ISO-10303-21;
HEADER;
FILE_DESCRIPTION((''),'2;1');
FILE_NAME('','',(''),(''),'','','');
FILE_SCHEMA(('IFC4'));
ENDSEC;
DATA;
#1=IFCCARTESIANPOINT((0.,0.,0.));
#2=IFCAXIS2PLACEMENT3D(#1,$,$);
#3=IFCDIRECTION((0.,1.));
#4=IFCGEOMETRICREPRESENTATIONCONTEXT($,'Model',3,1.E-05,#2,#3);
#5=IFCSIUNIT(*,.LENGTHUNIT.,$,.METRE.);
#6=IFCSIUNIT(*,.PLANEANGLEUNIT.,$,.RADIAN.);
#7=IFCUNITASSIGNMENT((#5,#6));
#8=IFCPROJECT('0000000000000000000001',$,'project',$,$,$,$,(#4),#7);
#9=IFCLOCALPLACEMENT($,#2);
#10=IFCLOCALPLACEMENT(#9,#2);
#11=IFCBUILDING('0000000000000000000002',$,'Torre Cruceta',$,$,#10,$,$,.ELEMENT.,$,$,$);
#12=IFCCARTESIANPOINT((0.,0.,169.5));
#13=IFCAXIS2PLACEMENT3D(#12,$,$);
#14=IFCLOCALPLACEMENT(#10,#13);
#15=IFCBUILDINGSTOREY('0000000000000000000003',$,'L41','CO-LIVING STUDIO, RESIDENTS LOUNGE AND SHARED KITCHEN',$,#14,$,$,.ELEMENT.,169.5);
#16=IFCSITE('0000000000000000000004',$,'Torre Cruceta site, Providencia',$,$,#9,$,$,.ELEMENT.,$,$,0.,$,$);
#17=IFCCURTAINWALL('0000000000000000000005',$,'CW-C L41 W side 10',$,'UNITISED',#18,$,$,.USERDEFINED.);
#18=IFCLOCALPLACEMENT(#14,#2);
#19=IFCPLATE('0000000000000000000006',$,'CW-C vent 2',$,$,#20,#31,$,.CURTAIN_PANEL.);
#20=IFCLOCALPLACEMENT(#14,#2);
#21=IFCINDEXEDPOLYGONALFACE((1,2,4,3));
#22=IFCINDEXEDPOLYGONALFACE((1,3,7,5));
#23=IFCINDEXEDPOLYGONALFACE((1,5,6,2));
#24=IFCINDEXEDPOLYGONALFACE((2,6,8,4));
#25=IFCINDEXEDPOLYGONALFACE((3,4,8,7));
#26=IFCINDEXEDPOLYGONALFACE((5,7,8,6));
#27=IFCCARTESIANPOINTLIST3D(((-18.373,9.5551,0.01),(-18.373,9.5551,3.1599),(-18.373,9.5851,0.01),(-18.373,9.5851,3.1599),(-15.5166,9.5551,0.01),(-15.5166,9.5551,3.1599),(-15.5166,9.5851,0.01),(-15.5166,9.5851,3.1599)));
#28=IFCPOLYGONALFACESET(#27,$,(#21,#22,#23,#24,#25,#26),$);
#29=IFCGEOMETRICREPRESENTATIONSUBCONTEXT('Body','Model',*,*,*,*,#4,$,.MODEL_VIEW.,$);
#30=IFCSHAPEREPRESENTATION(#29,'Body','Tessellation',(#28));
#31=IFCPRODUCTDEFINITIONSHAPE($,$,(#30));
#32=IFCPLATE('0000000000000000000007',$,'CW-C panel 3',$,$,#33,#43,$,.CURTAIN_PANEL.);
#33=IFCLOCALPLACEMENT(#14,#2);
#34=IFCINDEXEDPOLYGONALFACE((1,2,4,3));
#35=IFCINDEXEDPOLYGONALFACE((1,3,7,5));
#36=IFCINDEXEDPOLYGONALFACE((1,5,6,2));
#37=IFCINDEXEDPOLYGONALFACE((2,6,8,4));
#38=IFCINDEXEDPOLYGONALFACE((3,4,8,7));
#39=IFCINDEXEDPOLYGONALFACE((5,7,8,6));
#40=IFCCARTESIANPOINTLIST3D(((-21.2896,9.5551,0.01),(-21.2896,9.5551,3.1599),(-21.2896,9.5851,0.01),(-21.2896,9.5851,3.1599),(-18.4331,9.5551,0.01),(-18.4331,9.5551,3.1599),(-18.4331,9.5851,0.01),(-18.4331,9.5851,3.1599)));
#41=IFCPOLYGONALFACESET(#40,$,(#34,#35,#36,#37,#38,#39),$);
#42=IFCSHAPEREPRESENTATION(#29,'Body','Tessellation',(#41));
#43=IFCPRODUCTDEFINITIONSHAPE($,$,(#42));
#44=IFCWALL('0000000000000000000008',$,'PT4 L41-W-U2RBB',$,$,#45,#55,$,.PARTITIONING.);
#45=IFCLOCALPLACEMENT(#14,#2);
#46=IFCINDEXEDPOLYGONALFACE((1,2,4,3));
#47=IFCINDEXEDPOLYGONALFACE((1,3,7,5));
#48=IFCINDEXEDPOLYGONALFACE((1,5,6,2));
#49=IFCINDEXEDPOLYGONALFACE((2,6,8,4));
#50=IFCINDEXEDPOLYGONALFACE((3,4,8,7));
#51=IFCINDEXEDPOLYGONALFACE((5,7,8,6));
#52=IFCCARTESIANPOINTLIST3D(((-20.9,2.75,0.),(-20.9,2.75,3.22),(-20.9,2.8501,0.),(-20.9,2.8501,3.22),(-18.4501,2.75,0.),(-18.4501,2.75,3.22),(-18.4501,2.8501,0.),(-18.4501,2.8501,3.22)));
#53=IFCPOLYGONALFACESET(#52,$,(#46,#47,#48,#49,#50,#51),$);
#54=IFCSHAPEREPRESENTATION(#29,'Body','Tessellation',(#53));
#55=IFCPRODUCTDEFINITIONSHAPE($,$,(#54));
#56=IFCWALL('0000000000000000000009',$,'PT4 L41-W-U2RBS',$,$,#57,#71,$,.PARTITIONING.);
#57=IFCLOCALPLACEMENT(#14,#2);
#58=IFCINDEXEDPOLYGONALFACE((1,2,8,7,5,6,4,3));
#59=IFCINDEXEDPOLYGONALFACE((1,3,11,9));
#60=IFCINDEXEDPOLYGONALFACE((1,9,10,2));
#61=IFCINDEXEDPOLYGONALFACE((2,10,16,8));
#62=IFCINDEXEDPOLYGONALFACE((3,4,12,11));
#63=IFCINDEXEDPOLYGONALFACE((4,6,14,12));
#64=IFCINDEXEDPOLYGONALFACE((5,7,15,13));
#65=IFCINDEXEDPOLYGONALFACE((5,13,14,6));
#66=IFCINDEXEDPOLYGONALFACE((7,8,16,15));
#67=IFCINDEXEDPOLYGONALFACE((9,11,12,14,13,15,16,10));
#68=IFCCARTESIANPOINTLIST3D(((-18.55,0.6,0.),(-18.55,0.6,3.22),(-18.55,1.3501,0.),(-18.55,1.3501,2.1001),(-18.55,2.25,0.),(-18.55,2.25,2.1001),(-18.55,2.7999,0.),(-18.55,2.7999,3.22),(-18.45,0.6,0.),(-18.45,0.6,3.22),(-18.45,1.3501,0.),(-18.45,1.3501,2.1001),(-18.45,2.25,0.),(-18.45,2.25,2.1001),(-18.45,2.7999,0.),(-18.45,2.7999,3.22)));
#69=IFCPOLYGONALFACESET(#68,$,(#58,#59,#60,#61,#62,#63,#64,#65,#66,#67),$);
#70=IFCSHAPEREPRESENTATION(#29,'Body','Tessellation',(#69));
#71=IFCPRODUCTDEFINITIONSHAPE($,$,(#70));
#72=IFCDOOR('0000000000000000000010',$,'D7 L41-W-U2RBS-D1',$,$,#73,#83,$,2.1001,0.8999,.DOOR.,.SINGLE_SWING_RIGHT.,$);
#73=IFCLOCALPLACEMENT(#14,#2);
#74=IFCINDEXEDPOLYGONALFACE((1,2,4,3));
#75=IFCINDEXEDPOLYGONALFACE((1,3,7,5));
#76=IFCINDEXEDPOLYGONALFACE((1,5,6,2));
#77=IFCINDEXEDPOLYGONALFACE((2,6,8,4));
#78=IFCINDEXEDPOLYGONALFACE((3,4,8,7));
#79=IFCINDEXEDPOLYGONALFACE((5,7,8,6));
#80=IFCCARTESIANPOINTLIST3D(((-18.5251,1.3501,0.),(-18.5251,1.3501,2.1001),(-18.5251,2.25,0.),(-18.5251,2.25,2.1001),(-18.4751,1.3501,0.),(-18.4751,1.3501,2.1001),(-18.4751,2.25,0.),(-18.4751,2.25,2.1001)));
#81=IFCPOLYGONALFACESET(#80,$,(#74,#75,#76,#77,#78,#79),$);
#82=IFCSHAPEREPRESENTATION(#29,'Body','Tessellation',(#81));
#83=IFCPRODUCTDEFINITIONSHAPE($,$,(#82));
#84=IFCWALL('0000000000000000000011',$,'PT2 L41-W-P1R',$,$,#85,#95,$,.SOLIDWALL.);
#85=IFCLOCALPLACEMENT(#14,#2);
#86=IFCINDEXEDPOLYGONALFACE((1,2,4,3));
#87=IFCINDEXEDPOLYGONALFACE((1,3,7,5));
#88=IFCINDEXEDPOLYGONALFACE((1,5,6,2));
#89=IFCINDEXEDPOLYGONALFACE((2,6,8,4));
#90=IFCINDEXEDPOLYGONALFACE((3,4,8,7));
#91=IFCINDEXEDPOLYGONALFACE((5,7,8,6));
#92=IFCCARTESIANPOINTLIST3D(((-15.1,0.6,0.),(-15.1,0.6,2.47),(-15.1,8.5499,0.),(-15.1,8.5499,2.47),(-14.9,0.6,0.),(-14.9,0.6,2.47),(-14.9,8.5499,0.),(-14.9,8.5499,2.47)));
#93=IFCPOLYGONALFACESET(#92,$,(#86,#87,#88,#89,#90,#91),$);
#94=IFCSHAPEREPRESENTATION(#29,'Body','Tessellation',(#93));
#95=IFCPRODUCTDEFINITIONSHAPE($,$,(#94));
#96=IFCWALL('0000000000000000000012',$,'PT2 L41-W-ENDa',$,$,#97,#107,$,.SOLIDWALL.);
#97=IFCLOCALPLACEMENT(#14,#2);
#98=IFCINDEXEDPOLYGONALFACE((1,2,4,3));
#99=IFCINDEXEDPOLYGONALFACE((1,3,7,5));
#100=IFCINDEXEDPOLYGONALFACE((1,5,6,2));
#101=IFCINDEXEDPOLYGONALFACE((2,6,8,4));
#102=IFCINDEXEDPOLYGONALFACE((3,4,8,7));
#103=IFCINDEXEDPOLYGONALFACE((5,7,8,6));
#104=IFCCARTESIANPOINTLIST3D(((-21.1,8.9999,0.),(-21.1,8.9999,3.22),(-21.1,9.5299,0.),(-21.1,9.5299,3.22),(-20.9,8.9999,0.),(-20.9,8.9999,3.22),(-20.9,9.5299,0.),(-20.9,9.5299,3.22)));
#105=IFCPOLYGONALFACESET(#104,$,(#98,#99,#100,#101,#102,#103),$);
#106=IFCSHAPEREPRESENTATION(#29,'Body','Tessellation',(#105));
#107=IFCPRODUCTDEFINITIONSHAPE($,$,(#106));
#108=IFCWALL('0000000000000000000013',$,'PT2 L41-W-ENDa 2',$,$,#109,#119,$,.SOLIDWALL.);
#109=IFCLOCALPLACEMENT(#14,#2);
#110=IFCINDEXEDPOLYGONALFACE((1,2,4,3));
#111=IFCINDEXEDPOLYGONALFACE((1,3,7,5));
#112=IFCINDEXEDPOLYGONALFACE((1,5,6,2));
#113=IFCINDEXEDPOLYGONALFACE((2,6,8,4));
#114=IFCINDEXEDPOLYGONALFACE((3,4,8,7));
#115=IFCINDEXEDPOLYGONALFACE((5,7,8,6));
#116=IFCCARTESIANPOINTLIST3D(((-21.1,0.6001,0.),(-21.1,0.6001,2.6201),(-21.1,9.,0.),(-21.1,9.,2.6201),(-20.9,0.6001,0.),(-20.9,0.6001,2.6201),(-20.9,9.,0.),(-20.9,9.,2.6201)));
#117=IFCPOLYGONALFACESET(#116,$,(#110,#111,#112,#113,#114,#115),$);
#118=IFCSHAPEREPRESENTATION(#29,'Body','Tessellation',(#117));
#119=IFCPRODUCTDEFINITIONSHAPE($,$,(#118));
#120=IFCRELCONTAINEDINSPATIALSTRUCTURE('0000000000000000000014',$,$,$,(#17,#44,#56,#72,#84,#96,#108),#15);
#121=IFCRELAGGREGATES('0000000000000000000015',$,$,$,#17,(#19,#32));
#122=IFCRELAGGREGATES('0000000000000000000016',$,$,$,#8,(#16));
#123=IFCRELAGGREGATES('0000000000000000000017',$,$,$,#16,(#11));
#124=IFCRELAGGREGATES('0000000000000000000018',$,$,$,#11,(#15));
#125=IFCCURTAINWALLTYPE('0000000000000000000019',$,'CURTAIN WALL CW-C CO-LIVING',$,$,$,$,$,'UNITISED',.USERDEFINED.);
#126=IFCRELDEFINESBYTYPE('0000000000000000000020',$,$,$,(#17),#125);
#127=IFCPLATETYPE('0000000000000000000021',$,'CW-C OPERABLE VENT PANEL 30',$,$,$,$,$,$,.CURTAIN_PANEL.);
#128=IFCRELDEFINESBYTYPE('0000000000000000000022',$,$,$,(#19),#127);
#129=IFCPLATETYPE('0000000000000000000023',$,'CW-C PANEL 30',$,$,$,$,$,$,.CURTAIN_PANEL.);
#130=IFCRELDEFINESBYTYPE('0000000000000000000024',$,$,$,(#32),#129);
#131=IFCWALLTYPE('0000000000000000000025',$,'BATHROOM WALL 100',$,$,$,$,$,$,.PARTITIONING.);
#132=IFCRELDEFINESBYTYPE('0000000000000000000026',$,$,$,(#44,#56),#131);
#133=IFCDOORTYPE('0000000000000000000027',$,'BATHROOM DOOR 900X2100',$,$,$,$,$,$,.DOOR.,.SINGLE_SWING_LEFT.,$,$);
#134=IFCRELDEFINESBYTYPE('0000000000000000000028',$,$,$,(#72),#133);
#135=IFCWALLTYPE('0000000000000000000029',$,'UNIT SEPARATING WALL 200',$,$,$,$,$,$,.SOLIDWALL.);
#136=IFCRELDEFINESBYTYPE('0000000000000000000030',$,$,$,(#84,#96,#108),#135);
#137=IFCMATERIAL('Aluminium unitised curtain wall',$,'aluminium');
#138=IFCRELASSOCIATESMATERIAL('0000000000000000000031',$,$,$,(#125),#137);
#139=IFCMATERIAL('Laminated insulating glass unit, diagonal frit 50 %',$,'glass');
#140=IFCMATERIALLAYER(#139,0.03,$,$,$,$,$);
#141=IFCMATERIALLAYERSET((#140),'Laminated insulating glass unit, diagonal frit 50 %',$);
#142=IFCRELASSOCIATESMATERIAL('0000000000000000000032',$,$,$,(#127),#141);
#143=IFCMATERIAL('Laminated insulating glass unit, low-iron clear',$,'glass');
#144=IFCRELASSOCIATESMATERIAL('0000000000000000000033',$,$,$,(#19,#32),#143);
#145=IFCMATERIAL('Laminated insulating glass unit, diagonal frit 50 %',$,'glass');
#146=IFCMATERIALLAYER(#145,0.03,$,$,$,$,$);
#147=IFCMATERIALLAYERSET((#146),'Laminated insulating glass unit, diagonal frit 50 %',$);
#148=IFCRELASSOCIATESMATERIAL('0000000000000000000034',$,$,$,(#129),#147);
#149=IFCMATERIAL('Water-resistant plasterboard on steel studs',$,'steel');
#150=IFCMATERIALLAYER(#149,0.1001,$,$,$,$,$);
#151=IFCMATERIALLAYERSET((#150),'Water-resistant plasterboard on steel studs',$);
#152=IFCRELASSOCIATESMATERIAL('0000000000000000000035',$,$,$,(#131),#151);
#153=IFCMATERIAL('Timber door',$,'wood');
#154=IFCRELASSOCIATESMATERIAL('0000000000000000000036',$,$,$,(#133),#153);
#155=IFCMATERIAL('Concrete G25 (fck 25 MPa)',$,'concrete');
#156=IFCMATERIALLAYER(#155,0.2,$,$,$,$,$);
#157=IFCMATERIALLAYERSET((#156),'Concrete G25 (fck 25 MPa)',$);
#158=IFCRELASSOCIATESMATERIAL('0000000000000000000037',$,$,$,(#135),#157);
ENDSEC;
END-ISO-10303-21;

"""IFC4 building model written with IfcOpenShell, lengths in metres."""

from ifc_helpers import new_model, si_unit, direction, frame, frame_2d, origin, origin_2d, place, context, subcontext, project, spatial, rectangle, extrude, material, layer, layer_set, type_object, element, fill, aggregate, save


model = new_model("IFC4")

# Units and contexts
model_context = context("Model", 3, precision=1e-05, world=origin(), true_north=direction((0.0, 1.0)))
body_context = subcontext(model_context, "Body", "Model", "MODEL_VIEW")
ifc_project = project(units=[si_unit("LENGTHUNIT", "METRE"), si_unit("PLANEANGLEUNIT", "RADIAN")], contexts=[model_context])

# Site, building, storey
site_placement = place(None, origin())
site = spatial("IfcSite", under=ifc_project, at=site_placement, Name="Torre Cruceta site, Providencia", CompositionType="ELEMENT", RefElevation=0.0)
building_placement = place(site_placement, origin())
building = spatial("IfcBuilding", under=site, at=building_placement, Name="Torre Cruceta", CompositionType="ELEMENT")
storey_placement = place(building_placement, frame((0.0, 0.0, 169.5)))
storey = spatial("IfcBuildingStorey", under=building, at=storey_placement, Name="L41", Description="CO-LIVING STUDIO, RESIDENTS LOUNGE AND SHARED KITCHEN", CompositionType="ELEMENT", Elevation=169.5)

# Curtain wall
ifc_material_1 = material(Name="Aluminium unitised curtain wall", Category="aluminium")
curtain_wall_type = type_object("IfcCurtainWallType", Name="CURTAIN WALL CW-C CO-LIVING", ElementType="UNITISED", PredefinedType="USERDEFINED", material=ifc_material_1)
curtain_wall_placement = place(storey_placement, origin())
curtain_wall = element("IfcCurtainWall", 1, at=curtain_wall_placement, inside=storey, type_object=curtain_wall_type, Name="CW-C L41 W side 10", ObjectType="UNITISED", PredefinedType="USERDEFINED")

# Plates
ifc_material_2 = material(Name="Laminated insulating glass unit, low-iron clear", Category="glass")
ifc_material_3 = material(Name="Laminated insulating glass unit, diagonal frit 50 %", Category="glass")
ifc_layer_1 = layer(ifc_material_3, 0.03)
ifc_layer_set_1 = layer_set([ifc_layer_1], Name="Laminated insulating glass unit, diagonal frit 50 %")
plate_type_1 = type_object("IfcPlateType", Name="CW-C OPERABLE VENT PANEL 30", PredefinedType="CURTAIN_PANEL", material=ifc_layer_set_1)
plate_1_placement = place(storey_placement, frame((-16.9448, 9.5701, 0.01), z_axis=(0.0, 0.0, 1.0), x_axis=(-1.0, 0.0, 0.0)))
plate_1 = element("IfcPlate", 2, at=plate_1_placement, type_object=plate_type_1, material=ifc_material_2, Name="CW-C vent 2", PredefinedType="CURTAIN_PANEL", context=body_context, shape_type="SweptSolid", body=[
    extrude(rectangle(XDim=2.8564, YDim=0.03, at=origin_2d()), origin(), (0.0, 0.0, 1.0), 3.1499),
])
ifc_material_4 = material(Name="Laminated insulating glass unit, diagonal frit 50 %", Category="glass")
ifc_layer_2 = layer(ifc_material_4, 0.03)
ifc_layer_set_2 = layer_set([ifc_layer_2], Name="Laminated insulating glass unit, diagonal frit 50 %")
plate_type_2 = type_object("IfcPlateType", Name="CW-C PANEL 30", PredefinedType="CURTAIN_PANEL", material=ifc_layer_set_2)
plate_2_placement = place(storey_placement, frame((-19.8613, 9.5701, 0.01), z_axis=(0.0, 0.0, 1.0), x_axis=(-1.0, 0.0, 0.0)))
plate_2 = element("IfcPlate", 3, at=plate_2_placement, type_object=plate_type_2, material=ifc_material_2, Name="CW-C panel 3", PredefinedType="CURTAIN_PANEL", context=body_context, shape_type="SweptSolid", body=[
    extrude(rectangle(XDim=2.8564, YDim=0.03, at=origin_2d()), origin(), (0.0, 0.0, 1.0), 3.1499),
])
aggregate(curtain_wall, [plate_1, plate_2])

# Wall
ifc_material_5 = material(Name="Water-resistant plasterboard on steel studs", Category="steel")
ifc_layer_3 = layer(ifc_material_5, 0.1001)
ifc_layer_set_3 = layer_set([ifc_layer_3], Name="Water-resistant plasterboard on steel studs")
wall_type_1 = type_object("IfcWallType", Name="BATHROOM WALL 100", PredefinedType="PARTITIONING", material=ifc_layer_set_3)
wall_1_placement = place(storey_placement, frame((-18.45, 2.8, 0.0), z_axis=(0.0, 0.0, 1.0), x_axis=(-1.0, 0.0, 0.0)))
element("IfcWall", 4, at=wall_1_placement, inside=storey, type_object=wall_type_1, Name="PT4 L41-W-U2RBB", PredefinedType="PARTITIONING", context=body_context, shape_type="SweptSolid", body=[
    extrude(rectangle(XDim=2.45, YDim=0.1001, at=frame_2d((1.2251, 0.0))), origin(), (0.0, 0.0, 1.0), 3.22),
])

# Wall, opening, door
wall_2_placement = place(storey_placement, frame((-18.5, 2.8, 0.0), z_axis=(0.0, 0.0, 1.0), x_axis=(0.0, -1.0, 0.0)))
wall_2 = element("IfcWall", 5, at=wall_2_placement, inside=storey, type_object=wall_type_1, Name="PT4 L41-W-U2RBS", PredefinedType="PARTITIONING", context=body_context, shape_type="SweptSolid", body=[
    extrude(rectangle(XDim=2.2, YDim=0.1001, at=frame_2d((1.1001, 0.0))), origin(), (0.0, 0.0, 1.0), 3.22),
])
opening_placement = place(wall_2_placement, frame((0.55, 0.0, 0.0)))
opening = element("IfcOpeningElement", 6, at=opening_placement, cuts=wall_2, PredefinedType="OPENING", context=body_context, shape_type="SweptSolid", body=[
    extrude(rectangle(XDim=0.8999, YDim=2.1001, at=frame_2d((0.45, 1.05))), frame((0.0, 0.0601, 0.0), z_axis=(0.0, -1.0, 0.0), x_axis=(1.0, 0.0, 0.0)), (0.0, 0.0, 1.0), 0.1201),
])
ifc_material_6 = material(Name="Timber door", Category="wood")
door_type = type_object("IfcDoorType", Name="BATHROOM DOOR 900X2100", OperationType="SINGLE_SWING_LEFT", PredefinedType="DOOR", material=ifc_material_6)
door_placement = place(opening_placement, frame((0.8999, 0.0, 0.0), z_axis=(0.0, 0.0, 1.0), x_axis=(-1.0, 0.0, 0.0)))
door = element("IfcDoor", 7, at=door_placement, inside=storey, type_object=door_type, Name="D7 L41-W-U2RBS-D1", OperationType="SINGLE_SWING_RIGHT", OverallHeight=2.1001, OverallWidth=0.8999, PredefinedType="DOOR", context=body_context, shape_type="SweptSolid", body=[
    extrude(rectangle(XDim=0.8999, YDim=2.1001, at=frame_2d((0.45, 1.05))), frame((0.0, 0.0251, 0.0), z_axis=(0.0, -1.0, 0.0), x_axis=(1.0, 0.0, 0.0)), (0.0, 0.0, 1.0), 0.05),
])
fill(opening, door)

# Walls
ifc_material_7 = material(Name="Concrete G25 (fck 25 MPa)", Category="concrete")
ifc_layer_4 = layer(ifc_material_7, 0.2)
ifc_layer_set_4 = layer_set([ifc_layer_4], Name="Concrete G25 (fck 25 MPa)")
wall_type_2 = type_object("IfcWallType", Name="UNIT SEPARATING WALL 200", PredefinedType="SOLIDWALL", material=ifc_layer_set_4)
wall_3_placement = place(storey_placement, frame((-15.0, 8.55, 0.0), z_axis=(0.0, 0.0, 1.0), x_axis=(0.0, -1.0, 0.0)))
element("IfcWall", 8, at=wall_3_placement, inside=storey, type_object=wall_type_2, Name="PT2 L41-W-P1R", PredefinedType="SOLIDWALL", context=body_context, shape_type="SweptSolid", body=[
    extrude(rectangle(XDim=7.95, YDim=0.2, at=frame_2d((3.9751, 0.0))), origin(), (0.0, 0.0, 1.0), 2.47),
])
wall_4_placement = place(storey_placement, frame((-21.0, 9.53, 0.0), z_axis=(0.0, 0.0, 1.0), x_axis=(0.0, -1.0, 0.0)))
element("IfcWall", 9, at=wall_4_placement, inside=storey, type_object=wall_type_2, Name="PT2 L41-W-ENDa", PredefinedType="SOLIDWALL", context=body_context, shape_type="SweptSolid", body=[
    extrude(rectangle(XDim=0.53, YDim=0.2, at=frame_2d((0.2651, 0.0))), origin(), (0.0, 0.0, 1.0), 3.22),
])
wall_5_placement = place(storey_placement, frame((-21.0, 9.0, 0.0), z_axis=(0.0, 0.0, 1.0), x_axis=(0.0, -1.0, 0.0)))
element("IfcWall", 10, at=wall_5_placement, inside=storey, type_object=wall_type_2, Name="PT2 L41-W-ENDa 2", PredefinedType="SOLIDWALL", context=body_context, shape_type="SweptSolid", body=[
    extrude(rectangle(XDim=8.3999, YDim=0.2, at=frame_2d((4.2, 0.0))), origin(), (0.0, 0.0, 1.0), 2.6201),
])

save(model, "model.ifc")
